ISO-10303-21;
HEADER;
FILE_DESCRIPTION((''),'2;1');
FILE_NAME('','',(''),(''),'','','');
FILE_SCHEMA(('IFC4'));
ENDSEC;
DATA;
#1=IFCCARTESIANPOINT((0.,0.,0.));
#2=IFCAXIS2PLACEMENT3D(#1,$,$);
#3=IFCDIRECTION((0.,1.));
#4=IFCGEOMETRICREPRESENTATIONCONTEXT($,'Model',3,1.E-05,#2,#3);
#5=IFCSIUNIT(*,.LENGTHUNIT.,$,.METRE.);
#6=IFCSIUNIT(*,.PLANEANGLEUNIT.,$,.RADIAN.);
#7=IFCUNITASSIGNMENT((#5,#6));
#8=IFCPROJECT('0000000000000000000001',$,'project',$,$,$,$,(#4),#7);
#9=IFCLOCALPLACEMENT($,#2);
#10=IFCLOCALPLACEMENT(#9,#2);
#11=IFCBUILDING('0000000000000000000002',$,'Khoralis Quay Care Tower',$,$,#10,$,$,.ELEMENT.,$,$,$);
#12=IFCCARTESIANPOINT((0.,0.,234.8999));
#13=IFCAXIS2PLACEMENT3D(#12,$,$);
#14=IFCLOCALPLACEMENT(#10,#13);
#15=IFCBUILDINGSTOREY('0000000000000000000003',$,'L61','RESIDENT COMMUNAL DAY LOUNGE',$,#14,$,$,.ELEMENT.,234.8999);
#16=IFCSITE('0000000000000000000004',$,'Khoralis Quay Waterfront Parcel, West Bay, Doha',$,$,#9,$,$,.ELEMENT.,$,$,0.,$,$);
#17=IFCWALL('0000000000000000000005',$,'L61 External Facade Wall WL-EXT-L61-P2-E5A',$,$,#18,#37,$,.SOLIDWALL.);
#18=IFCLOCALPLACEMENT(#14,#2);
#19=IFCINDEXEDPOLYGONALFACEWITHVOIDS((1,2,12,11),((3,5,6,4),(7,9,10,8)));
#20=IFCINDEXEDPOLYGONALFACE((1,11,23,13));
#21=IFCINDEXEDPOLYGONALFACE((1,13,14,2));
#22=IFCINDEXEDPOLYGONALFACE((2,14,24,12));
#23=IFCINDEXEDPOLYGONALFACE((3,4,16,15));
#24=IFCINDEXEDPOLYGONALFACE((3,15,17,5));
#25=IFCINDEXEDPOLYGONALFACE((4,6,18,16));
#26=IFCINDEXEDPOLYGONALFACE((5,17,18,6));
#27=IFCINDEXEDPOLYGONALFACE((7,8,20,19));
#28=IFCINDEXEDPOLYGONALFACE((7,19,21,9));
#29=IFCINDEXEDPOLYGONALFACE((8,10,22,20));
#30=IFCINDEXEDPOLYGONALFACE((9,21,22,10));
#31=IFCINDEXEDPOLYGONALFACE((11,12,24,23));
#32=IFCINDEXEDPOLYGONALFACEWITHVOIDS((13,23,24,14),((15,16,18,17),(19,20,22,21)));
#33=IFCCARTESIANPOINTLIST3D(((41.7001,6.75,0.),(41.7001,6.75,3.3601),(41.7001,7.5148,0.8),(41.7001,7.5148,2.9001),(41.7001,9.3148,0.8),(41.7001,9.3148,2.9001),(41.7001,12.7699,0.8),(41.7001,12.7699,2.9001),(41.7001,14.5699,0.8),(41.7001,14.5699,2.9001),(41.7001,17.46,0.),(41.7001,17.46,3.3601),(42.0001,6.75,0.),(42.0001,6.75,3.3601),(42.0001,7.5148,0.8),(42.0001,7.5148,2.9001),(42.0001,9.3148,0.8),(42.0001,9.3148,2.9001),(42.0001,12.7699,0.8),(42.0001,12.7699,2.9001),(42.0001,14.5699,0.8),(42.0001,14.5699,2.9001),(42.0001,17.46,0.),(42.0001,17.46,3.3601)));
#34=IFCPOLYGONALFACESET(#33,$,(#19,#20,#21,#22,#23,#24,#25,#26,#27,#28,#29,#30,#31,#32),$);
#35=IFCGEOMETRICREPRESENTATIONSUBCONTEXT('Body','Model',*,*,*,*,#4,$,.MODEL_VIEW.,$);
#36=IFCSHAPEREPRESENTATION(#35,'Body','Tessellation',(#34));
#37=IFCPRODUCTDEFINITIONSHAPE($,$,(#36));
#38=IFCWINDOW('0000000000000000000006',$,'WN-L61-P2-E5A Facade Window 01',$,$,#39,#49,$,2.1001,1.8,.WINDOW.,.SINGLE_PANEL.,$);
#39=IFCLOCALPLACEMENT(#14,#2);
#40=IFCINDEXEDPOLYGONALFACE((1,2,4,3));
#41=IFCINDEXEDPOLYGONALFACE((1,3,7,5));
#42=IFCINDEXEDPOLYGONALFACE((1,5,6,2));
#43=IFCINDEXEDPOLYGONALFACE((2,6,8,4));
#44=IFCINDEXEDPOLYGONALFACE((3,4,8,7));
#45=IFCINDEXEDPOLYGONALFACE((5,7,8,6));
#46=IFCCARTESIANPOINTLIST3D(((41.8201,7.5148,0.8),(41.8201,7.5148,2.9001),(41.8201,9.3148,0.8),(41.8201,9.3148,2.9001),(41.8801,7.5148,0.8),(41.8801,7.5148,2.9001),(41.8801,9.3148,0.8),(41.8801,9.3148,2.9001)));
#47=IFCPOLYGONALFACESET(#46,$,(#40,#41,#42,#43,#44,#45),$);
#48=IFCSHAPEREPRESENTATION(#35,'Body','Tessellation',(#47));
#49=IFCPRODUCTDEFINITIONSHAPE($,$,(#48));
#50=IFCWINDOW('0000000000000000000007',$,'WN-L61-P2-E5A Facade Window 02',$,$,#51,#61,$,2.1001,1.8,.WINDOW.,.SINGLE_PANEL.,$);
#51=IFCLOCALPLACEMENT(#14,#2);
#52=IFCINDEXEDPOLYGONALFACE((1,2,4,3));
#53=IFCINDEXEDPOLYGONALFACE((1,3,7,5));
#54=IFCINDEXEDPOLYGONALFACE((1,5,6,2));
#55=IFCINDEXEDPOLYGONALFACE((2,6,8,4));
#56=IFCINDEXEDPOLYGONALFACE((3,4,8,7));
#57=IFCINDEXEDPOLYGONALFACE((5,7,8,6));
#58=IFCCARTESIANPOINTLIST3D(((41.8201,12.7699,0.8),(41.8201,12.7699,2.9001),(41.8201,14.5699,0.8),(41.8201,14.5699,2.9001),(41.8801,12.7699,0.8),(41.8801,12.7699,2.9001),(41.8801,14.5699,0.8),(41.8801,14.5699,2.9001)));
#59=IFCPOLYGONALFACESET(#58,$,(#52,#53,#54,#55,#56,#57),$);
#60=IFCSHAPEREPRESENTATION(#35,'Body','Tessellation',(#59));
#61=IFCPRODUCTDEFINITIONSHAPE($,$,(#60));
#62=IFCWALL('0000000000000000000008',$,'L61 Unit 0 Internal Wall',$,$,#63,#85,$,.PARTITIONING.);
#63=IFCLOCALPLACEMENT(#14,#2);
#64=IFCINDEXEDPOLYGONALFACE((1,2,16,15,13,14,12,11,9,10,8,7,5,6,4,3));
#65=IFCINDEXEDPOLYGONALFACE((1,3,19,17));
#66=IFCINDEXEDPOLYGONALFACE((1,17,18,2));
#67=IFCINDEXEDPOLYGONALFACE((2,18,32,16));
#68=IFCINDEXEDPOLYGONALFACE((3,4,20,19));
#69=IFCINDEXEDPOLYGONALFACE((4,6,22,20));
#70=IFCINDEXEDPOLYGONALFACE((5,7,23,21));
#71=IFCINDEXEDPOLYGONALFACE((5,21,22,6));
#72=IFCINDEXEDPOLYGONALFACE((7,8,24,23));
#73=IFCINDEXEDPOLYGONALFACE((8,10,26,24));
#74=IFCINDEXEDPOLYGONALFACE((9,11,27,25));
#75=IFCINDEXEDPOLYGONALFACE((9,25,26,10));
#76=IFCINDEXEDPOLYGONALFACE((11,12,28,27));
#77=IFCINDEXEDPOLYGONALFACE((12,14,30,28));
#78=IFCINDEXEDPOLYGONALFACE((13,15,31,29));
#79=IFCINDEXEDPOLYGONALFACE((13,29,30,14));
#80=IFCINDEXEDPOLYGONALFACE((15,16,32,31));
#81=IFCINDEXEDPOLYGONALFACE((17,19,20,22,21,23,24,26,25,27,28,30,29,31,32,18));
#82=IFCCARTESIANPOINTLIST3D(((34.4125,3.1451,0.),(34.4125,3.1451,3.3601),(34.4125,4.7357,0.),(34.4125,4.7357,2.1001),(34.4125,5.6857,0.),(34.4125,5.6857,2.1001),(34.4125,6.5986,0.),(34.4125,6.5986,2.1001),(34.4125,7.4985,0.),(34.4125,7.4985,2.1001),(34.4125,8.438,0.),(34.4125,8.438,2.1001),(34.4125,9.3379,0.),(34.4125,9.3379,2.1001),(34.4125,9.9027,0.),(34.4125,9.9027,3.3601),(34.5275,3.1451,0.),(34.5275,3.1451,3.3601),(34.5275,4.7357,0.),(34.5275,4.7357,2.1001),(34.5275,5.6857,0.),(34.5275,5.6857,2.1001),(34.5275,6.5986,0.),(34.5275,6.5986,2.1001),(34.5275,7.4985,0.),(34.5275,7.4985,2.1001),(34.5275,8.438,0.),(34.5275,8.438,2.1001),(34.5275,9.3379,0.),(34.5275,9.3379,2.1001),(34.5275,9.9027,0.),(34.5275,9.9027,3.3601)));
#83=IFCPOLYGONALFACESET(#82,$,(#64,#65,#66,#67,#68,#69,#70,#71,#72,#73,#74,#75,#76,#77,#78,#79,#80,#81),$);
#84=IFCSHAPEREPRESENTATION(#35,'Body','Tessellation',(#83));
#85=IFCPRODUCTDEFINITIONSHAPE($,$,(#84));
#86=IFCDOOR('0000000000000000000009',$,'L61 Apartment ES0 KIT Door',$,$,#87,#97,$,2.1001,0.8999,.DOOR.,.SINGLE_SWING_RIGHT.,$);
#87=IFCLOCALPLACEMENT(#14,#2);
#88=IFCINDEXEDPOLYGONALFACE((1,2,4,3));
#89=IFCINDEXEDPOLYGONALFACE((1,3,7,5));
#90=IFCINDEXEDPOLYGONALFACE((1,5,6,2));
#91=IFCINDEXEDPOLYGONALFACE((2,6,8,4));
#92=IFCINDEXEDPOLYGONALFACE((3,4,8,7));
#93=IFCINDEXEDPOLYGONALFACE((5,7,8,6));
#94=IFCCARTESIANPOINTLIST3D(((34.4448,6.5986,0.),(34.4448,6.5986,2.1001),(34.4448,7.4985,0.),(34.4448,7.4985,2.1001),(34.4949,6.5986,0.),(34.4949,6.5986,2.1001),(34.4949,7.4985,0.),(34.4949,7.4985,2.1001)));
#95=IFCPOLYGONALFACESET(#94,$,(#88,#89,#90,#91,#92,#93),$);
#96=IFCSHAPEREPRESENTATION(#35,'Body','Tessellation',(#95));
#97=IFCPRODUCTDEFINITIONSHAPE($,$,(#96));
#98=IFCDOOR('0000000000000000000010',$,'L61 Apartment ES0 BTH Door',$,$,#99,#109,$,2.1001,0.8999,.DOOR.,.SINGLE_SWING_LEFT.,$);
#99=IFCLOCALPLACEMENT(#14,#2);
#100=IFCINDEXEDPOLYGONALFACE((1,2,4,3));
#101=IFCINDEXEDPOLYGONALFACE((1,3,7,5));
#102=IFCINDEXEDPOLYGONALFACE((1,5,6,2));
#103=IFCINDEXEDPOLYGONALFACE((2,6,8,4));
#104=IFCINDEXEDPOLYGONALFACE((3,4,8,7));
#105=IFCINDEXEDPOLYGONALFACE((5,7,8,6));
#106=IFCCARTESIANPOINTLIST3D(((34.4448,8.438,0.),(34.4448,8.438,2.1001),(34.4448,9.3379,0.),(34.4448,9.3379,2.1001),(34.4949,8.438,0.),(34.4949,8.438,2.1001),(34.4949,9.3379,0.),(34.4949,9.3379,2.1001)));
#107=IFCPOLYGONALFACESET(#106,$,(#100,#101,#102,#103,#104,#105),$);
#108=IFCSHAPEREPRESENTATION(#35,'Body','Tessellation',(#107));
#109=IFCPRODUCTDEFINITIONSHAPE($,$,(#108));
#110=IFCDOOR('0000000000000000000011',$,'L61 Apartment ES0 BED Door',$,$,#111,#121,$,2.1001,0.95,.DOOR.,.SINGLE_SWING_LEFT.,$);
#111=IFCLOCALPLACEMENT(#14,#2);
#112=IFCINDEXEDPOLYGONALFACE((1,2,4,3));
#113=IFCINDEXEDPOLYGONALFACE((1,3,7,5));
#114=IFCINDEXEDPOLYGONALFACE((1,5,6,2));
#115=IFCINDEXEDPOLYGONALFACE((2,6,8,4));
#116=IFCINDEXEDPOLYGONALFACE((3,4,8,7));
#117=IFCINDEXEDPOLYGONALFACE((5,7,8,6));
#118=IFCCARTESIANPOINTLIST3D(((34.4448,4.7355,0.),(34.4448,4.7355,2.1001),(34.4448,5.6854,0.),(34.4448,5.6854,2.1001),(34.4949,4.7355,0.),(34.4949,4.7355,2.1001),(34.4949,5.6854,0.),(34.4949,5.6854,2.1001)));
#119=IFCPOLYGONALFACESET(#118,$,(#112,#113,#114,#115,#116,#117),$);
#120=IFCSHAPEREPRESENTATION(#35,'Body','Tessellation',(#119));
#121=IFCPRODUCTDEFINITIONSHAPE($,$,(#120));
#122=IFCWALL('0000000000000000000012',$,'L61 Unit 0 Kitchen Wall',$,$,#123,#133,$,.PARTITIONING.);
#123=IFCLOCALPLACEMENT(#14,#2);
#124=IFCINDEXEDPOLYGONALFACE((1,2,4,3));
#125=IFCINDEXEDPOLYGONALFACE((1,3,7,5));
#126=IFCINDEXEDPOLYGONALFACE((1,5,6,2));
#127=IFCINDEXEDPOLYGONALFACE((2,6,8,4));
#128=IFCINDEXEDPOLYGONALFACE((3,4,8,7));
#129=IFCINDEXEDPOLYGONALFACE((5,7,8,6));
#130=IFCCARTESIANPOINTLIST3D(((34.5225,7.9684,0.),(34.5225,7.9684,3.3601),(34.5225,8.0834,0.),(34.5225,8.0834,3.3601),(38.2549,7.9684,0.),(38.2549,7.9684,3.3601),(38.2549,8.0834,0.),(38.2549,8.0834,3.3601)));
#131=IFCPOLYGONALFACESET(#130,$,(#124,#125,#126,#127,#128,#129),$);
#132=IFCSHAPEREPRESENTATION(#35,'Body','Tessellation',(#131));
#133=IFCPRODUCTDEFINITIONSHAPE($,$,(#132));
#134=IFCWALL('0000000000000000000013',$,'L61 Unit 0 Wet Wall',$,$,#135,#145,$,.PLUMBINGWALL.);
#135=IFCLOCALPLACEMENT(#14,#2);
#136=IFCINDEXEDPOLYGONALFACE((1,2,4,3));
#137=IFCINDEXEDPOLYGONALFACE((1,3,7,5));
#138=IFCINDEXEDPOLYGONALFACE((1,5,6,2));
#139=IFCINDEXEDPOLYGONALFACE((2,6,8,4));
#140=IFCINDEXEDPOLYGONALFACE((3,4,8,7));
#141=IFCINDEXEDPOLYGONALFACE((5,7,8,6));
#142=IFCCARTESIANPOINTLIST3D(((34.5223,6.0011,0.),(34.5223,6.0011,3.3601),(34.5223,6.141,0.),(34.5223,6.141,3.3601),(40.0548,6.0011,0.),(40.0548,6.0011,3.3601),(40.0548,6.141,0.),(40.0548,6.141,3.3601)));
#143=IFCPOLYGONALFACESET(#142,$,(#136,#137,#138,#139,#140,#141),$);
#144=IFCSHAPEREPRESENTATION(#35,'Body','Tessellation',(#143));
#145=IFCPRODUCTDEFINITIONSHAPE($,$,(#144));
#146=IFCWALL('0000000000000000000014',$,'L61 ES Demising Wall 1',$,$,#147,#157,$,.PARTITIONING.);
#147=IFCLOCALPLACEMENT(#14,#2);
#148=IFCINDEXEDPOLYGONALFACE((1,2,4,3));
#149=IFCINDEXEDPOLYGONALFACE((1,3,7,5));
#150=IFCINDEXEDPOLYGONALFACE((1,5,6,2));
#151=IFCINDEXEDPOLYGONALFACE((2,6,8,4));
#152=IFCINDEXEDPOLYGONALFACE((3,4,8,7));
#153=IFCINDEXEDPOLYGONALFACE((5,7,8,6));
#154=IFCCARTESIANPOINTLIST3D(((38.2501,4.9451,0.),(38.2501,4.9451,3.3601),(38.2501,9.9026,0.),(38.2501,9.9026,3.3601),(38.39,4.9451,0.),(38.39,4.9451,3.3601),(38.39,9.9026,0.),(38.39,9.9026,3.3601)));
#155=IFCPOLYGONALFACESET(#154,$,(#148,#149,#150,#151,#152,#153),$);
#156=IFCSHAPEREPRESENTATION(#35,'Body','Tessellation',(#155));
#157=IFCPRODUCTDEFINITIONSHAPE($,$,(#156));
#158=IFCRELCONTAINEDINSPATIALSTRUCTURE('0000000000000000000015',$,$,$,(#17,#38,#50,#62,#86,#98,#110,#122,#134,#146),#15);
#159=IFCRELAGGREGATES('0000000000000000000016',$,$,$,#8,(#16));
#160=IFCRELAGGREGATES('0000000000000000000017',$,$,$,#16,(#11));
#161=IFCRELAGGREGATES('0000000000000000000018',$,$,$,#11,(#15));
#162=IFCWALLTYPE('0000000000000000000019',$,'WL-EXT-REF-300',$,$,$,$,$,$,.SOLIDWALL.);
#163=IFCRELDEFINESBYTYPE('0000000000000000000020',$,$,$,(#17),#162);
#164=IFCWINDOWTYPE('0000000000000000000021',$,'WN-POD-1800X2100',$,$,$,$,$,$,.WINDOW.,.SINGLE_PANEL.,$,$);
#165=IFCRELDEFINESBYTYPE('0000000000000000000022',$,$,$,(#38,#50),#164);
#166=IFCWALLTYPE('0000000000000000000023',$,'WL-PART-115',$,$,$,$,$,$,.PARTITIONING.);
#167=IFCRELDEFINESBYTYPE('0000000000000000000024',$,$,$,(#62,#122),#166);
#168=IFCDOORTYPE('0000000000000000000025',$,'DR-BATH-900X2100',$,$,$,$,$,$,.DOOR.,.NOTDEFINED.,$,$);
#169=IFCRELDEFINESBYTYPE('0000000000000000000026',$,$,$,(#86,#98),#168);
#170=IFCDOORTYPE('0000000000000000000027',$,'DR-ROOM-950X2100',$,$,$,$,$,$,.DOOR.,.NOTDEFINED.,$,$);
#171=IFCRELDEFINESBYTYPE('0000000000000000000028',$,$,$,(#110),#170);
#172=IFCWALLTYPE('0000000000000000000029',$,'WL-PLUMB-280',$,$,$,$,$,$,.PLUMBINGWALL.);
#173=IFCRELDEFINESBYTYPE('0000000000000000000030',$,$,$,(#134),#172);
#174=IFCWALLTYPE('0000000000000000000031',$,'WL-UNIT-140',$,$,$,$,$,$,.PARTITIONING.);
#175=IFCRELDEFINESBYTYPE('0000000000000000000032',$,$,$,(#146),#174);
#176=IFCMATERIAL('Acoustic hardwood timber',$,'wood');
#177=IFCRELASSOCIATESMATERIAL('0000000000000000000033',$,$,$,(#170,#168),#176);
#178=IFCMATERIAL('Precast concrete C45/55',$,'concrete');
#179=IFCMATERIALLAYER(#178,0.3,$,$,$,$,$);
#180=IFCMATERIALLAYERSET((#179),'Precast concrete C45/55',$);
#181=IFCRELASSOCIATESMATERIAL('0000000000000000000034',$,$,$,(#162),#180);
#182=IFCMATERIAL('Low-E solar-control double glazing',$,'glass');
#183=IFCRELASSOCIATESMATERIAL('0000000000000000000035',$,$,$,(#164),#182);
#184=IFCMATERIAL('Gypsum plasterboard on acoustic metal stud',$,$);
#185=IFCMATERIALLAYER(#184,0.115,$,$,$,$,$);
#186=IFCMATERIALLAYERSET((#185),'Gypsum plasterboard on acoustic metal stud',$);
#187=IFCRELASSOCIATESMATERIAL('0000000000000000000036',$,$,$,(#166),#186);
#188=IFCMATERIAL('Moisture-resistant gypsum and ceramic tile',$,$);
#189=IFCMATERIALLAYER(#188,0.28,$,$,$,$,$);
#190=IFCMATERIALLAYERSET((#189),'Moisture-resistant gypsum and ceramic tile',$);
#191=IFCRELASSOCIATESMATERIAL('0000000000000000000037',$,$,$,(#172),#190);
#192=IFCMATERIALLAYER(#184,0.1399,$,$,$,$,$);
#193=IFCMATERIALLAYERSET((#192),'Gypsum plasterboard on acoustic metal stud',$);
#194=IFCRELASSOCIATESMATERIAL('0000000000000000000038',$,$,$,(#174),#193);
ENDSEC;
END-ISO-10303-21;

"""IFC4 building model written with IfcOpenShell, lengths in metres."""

from ifc_helpers import new_model, si_unit, direction, frame, frame_2d, origin, place, context, subcontext, project, spatial, rectangle, extrude, source, transform, mapped, material, layer, layer_set, type_object, element, fill, save


model = new_model("IFC4")

# Units and contexts
model_context = context("Model", 3, precision=1e-05, world=origin(), true_north=direction((0.0, 1.0)))
body_context = subcontext(model_context, "Body", "Model", "MODEL_VIEW")
ifc_project = project(units=[si_unit("LENGTHUNIT", "METRE"), si_unit("PLANEANGLEUNIT", "RADIAN")], contexts=[model_context])

# Site, building, storey
site_placement = place(None, origin())
site = spatial("IfcSite", under=ifc_project, at=site_placement, Name="Khoralis Quay Waterfront Parcel, West Bay, Doha", CompositionType="ELEMENT", RefElevation=0.0)
building_placement = place(site_placement, origin())
building = spatial("IfcBuilding", under=site, at=building_placement, Name="Khoralis Quay Care Tower", CompositionType="ELEMENT")
storey_placement = place(building_placement, frame((0.0, 0.0, 234.8999)))
storey = spatial("IfcBuildingStorey", under=building, at=storey_placement, Name="L61", Description="RESIDENT COMMUNAL DAY LOUNGE", CompositionType="ELEMENT", Elevation=234.8999)

# Shared definitions
ifc_material_1 = material(Name="Gypsum plasterboard on acoustic metal stud")

# Shared definitions
ifc_material_2 = material(Name="Acoustic hardwood timber", Category="wood")
door_type_1 = type_object("IfcDoorType", Name="DR-ROOM-950X2100", OperationType="NOTDEFINED", PredefinedType="DOOR", material=ifc_material_2)
shared_shape_1 = source(origin(), body_context, "Body", "SweptSolid", [
    extrude(rectangle(XDim=0.95, YDim=2.1001, at=frame_2d((0.4751, 1.05))), frame((0.0, 0.0249, 0.0), z_axis=(0.0, -1.0, 0.0), x_axis=(1.0, 0.0, 0.0)), (0.0, 0.0, 1.0), 0.05),
])

# Shared definitions
ifc_material_3 = material(Name="Precast concrete C45/55", Category="concrete")
ifc_layer_1 = layer(ifc_material_3, 0.3)
ifc_layer_set_1 = layer_set([ifc_layer_1], Name="Precast concrete C45/55")
wall_type_1 = type_object("IfcWallType", Name="WL-EXT-REF-300", PredefinedType="SOLIDWALL", material=ifc_layer_set_1)

# Wall, openings, windows
wall_1_placement = place(storey_placement, frame((41.8501, 6.75, 0.0), z_axis=(0.0, 0.0, 1.0), x_axis=(0.0, 1.0, 0.0)))
wall_1 = element("IfcWall", 1, at=wall_1_placement, inside=storey, type_object=wall_type_1, Name="L61 External Facade Wall WL-EXT-L61-P2-E5A", PredefinedType="SOLIDWALL", context=body_context, shape_type="SweptSolid", body=[
    extrude(rectangle(XDim=10.71, YDim=0.3, at=frame_2d((5.355, 0.0))), origin(), (0.0, 0.0, 1.0), 3.3601),
])
opening_1_placement = place(wall_1_placement, frame((0.7649, 0.0, 0.8)))
opening_1 = element("IfcOpeningElement", 2, at=opening_1_placement, cuts=wall_1, PredefinedType="OPENING", context=body_context, shape_type="SweptSolid", body=[
    extrude(rectangle(XDim=1.8, YDim=2.1001, at=frame_2d((0.8999, 1.05))), frame((0.0, 0.1602, 0.0), z_axis=(0.0, -1.0, 0.0), x_axis=(1.0, 0.0, 0.0)), (0.0, 0.0, 1.0), 0.3201),
])
opening_2_placement = place(wall_1_placement, frame((6.02, 0.0, 0.8)))
opening_2 = element("IfcOpeningElement", 3, at=opening_2_placement, cuts=wall_1, PredefinedType="OPENING", context=body_context, shape_type="SweptSolid", body=[
    extrude(rectangle(XDim=1.8, YDim=2.1001, at=frame_2d((0.8999, 1.05))), frame((0.0, 0.1602, 0.0), z_axis=(0.0, -1.0, 0.0), x_axis=(1.0, 0.0, 0.0)), (0.0, 0.0, 1.0), 0.3201),
])
ifc_material_4 = material(Name="Low-E solar-control double glazing", Category="glass")
window_type = type_object("IfcWindowType", Name="WN-POD-1800X2100", PartitioningType="SINGLE_PANEL", PredefinedType="WINDOW", material=ifc_material_4)
shared_shape_2 = source(origin(), body_context, "Body", "SweptSolid", [
    extrude(rectangle(XDim=1.8, YDim=2.1001, at=frame_2d((0.8999, 1.05))), frame((0.0, 0.03, 0.0), z_axis=(0.0, -1.0, 0.0), x_axis=(1.0, 0.0, 0.0)), (0.0, 0.0, 1.0), 0.0601),
])
window_1_placement = place(opening_1_placement, origin())
window_1 = element("IfcWindow", 4, at=window_1_placement, inside=storey, type_object=window_type, Name="WN-L61-P2-E5A Facade Window 01", OverallHeight=2.1001, OverallWidth=1.8, PartitioningType="SINGLE_PANEL", PredefinedType="WINDOW", context=body_context, shape_type="MappedRepresentation", body=[
    mapped(shared_shape_2, transform((0.0, 0.0, 0.0), scale=1.0)),
])
fill(opening_1, window_1)
window_2_placement = place(opening_2_placement, origin())
window_2 = element("IfcWindow", 5, at=window_2_placement, inside=storey, type_object=window_type, Name="WN-L61-P2-E5A Facade Window 02", OverallHeight=2.1001, OverallWidth=1.8, PartitioningType="SINGLE_PANEL", PredefinedType="WINDOW", context=body_context, shape_type="MappedRepresentation", body=[
    mapped(shared_shape_2, transform((0.0, 0.0, 0.0), scale=1.0)),
])
fill(opening_2, window_2)

# Wall, openings, doors
ifc_layer_2 = layer(ifc_material_1, 0.115)
ifc_layer_set_2 = layer_set([ifc_layer_2], Name="Gypsum plasterboard on acoustic metal stud")
wall_type_2 = type_object("IfcWallType", Name="WL-PART-115", PredefinedType="PARTITIONING", material=ifc_layer_set_2)
wall_2_placement = place(storey_placement, frame((34.47, 3.145, 0.0), z_axis=(0.0, 0.0, 1.0), x_axis=(0.0, 1.0, 0.0)))
wall_2 = element("IfcWall", 6, at=wall_2_placement, inside=storey, type_object=wall_type_2, Name="L61 Unit 0 Internal Wall", PredefinedType="PARTITIONING", context=body_context, shape_type="SweptSolid", body=[
    extrude(rectangle(XDim=6.7576, YDim=0.115, at=frame_2d((3.3789, 0.0))), origin(), (0.0, 0.0, 1.0), 3.3601),
])
opening_3_placement = place(wall_2_placement, frame((1.5906, 0.0, 0.0)))
opening_3 = element("IfcOpeningElement", 7, at=opening_3_placement, cuts=wall_2, PredefinedType="OPENING", context=body_context, shape_type="SweptSolid", body=[
    extrude(rectangle(XDim=0.95, YDim=2.1001, at=frame_2d((0.4751, 1.05))), frame((0.0, 0.0674, 0.0), z_axis=(0.0, -1.0, 0.0), x_axis=(1.0, 0.0, 0.0)), (0.0, 0.0, 1.0), 0.135),
])
opening_4_placement = place(wall_2_placement, frame((3.4536, 0.0, 0.0)))
opening_4 = element("IfcOpeningElement", 8, at=opening_4_placement, cuts=wall_2, PredefinedType="OPENING", context=body_context, shape_type="SweptSolid", body=[
    extrude(rectangle(XDim=0.8999, YDim=2.1001, at=frame_2d((0.45, 1.05))), frame((0.0, 0.0674, 0.0), z_axis=(0.0, -1.0, 0.0), x_axis=(1.0, 0.0, 0.0)), (0.0, 0.0, 1.0), 0.135),
])
opening_5_placement = place(wall_2_placement, frame((5.293, 0.0, 0.0)))
opening_5 = element("IfcOpeningElement", 9, at=opening_5_placement, cuts=wall_2, PredefinedType="OPENING", context=body_context, shape_type="SweptSolid", body=[
    extrude(rectangle(XDim=0.8999, YDim=2.1001, at=frame_2d((0.45, 1.05))), frame((0.0, 0.0674, 0.0), z_axis=(0.0, -1.0, 0.0), x_axis=(1.0, 0.0, 0.0)), (0.0, 0.0, 1.0), 0.135),
])
door_type_2 = type_object("IfcDoorType", Name="DR-BATH-900X2100", OperationType="NOTDEFINED", PredefinedType="DOOR", material=ifc_material_2)
shared_shape_3 = source(origin(), body_context, "Body", "SweptSolid", [
    extrude(rectangle(XDim=0.8999, YDim=2.1001, at=frame_2d((0.45, 1.05))), frame((0.0, 0.0249, 0.0), z_axis=(0.0, -1.0, 0.0), x_axis=(1.0, 0.0, 0.0)), (0.0, 0.0, 1.0), 0.05),
])
door_1_placement = place(opening_4_placement, frame((0.8999, 0.0, 0.0), z_axis=(0.0, 0.0, 1.0), x_axis=(-1.0, 0.0, 0.0)))
door_1 = element("IfcDoor", 10, at=door_1_placement, inside=storey, type_object=door_type_2, Name="L61 Apartment ES0 KIT Door", OperationType="SINGLE_SWING_RIGHT", OverallHeight=2.1001, OverallWidth=0.8999, PredefinedType="DOOR", context=body_context, shape_type="MappedRepresentation", body=[
    mapped(shared_shape_3, transform((0.0, 0.0, 0.0), scale=1.0)),
])
fill(opening_4, door_1)
door_2_placement = place(opening_5_placement, frame((0.8999, 0.0, 0.0), z_axis=(0.0, 0.0, 1.0), x_axis=(-1.0, 0.0, 0.0)))
door_2 = element("IfcDoor", 11, at=door_2_placement, inside=storey, type_object=door_type_2, Name="L61 Apartment ES0 BTH Door", OperationType="SINGLE_SWING_LEFT", OverallHeight=2.1001, OverallWidth=0.8999, PredefinedType="DOOR", context=body_context, shape_type="MappedRepresentation", body=[
    mapped(shared_shape_3, transform((0.0, 0.0, 0.0), scale=1.0)),
])
fill(opening_5, door_2)
door_3_placement = place(opening_3_placement, frame((0.95, 0.0, 0.0), z_axis=(0.0, 0.0, 1.0), x_axis=(-1.0, 0.0, 0.0)))
door_3 = element("IfcDoor", 12, at=door_3_placement, inside=storey, type_object=door_type_1, Name="L61 Apartment ES0 BED Door", OperationType="SINGLE_SWING_LEFT", OverallHeight=2.1001, OverallWidth=0.95, PredefinedType="DOOR", context=body_context, shape_type="MappedRepresentation", body=[
    mapped(shared_shape_1, transform((0.0, 0.0, 0.0), scale=1.0)),
])
fill(opening_3, door_3)

# Walls
wall_3_placement = place(storey_placement, frame((34.5225, 8.0259, 0.0), z_axis=(0.0, 0.0, 1.0), x_axis=(1.0, 0.0, 0.0)))
element("IfcWall", 13, at=wall_3_placement, inside=storey, type_object=wall_type_2, Name="L61 Unit 0 Kitchen Wall", PredefinedType="PARTITIONING", context=body_context, shape_type="SweptSolid", body=[
    extrude(rectangle(XDim=3.7324, YDim=0.115, at=frame_2d((1.8662, 0.0))), origin(), (0.0, 0.0, 1.0), 3.3601),
])
ifc_material_5 = material(Name="Moisture-resistant gypsum and ceramic tile")
ifc_layer_3 = layer(ifc_material_5, 0.28)
ifc_layer_set_3 = layer_set([ifc_layer_3], Name="Moisture-resistant gypsum and ceramic tile")
wall_type_3 = type_object("IfcWallType", Name="WL-PLUMB-280", PredefinedType="PLUMBINGWALL", material=ifc_layer_set_3)
wall_4_placement = place(storey_placement, frame((34.5225, 6.071, 0.0), z_axis=(0.0, 0.0, 1.0), x_axis=(1.0, 0.0, 0.0)))
element("IfcWall", 14, at=wall_4_placement, inside=storey, type_object=wall_type_3, Name="L61 Unit 0 Wet Wall", PredefinedType="PLUMBINGWALL", context=body_context, shape_type="SweptSolid", body=[
    extrude(rectangle(XDim=5.5325, YDim=0.1399, at=frame_2d((2.7661, 0.0))), origin(), (0.0, 0.0, 1.0), 3.3601),
])
ifc_layer_4 = layer(ifc_material_1, 0.1399)
ifc_layer_set_4 = layer_set([ifc_layer_4], Name="Gypsum plasterboard on acoustic metal stud")
wall_type_4 = type_object("IfcWallType", Name="WL-UNIT-140", PredefinedType="PARTITIONING", material=ifc_layer_set_4)
wall_5_placement = place(storey_placement, frame((38.3201, 4.9451, 0.0), z_axis=(0.0, 0.0, 1.0), x_axis=(0.0, 1.0, 0.0)))
element("IfcWall", 15, at=wall_5_placement, inside=storey, type_object=wall_type_4, Name="L61 ES Demising Wall 1", PredefinedType="PARTITIONING", context=body_context, shape_type="SweptSolid", body=[
    extrude(rectangle(XDim=4.9575, YDim=0.1399, at=frame_2d((2.4788, 0.0))), origin(), (0.0, 0.0, 1.0), 3.3601),
])

save(model, "model.ifc")
